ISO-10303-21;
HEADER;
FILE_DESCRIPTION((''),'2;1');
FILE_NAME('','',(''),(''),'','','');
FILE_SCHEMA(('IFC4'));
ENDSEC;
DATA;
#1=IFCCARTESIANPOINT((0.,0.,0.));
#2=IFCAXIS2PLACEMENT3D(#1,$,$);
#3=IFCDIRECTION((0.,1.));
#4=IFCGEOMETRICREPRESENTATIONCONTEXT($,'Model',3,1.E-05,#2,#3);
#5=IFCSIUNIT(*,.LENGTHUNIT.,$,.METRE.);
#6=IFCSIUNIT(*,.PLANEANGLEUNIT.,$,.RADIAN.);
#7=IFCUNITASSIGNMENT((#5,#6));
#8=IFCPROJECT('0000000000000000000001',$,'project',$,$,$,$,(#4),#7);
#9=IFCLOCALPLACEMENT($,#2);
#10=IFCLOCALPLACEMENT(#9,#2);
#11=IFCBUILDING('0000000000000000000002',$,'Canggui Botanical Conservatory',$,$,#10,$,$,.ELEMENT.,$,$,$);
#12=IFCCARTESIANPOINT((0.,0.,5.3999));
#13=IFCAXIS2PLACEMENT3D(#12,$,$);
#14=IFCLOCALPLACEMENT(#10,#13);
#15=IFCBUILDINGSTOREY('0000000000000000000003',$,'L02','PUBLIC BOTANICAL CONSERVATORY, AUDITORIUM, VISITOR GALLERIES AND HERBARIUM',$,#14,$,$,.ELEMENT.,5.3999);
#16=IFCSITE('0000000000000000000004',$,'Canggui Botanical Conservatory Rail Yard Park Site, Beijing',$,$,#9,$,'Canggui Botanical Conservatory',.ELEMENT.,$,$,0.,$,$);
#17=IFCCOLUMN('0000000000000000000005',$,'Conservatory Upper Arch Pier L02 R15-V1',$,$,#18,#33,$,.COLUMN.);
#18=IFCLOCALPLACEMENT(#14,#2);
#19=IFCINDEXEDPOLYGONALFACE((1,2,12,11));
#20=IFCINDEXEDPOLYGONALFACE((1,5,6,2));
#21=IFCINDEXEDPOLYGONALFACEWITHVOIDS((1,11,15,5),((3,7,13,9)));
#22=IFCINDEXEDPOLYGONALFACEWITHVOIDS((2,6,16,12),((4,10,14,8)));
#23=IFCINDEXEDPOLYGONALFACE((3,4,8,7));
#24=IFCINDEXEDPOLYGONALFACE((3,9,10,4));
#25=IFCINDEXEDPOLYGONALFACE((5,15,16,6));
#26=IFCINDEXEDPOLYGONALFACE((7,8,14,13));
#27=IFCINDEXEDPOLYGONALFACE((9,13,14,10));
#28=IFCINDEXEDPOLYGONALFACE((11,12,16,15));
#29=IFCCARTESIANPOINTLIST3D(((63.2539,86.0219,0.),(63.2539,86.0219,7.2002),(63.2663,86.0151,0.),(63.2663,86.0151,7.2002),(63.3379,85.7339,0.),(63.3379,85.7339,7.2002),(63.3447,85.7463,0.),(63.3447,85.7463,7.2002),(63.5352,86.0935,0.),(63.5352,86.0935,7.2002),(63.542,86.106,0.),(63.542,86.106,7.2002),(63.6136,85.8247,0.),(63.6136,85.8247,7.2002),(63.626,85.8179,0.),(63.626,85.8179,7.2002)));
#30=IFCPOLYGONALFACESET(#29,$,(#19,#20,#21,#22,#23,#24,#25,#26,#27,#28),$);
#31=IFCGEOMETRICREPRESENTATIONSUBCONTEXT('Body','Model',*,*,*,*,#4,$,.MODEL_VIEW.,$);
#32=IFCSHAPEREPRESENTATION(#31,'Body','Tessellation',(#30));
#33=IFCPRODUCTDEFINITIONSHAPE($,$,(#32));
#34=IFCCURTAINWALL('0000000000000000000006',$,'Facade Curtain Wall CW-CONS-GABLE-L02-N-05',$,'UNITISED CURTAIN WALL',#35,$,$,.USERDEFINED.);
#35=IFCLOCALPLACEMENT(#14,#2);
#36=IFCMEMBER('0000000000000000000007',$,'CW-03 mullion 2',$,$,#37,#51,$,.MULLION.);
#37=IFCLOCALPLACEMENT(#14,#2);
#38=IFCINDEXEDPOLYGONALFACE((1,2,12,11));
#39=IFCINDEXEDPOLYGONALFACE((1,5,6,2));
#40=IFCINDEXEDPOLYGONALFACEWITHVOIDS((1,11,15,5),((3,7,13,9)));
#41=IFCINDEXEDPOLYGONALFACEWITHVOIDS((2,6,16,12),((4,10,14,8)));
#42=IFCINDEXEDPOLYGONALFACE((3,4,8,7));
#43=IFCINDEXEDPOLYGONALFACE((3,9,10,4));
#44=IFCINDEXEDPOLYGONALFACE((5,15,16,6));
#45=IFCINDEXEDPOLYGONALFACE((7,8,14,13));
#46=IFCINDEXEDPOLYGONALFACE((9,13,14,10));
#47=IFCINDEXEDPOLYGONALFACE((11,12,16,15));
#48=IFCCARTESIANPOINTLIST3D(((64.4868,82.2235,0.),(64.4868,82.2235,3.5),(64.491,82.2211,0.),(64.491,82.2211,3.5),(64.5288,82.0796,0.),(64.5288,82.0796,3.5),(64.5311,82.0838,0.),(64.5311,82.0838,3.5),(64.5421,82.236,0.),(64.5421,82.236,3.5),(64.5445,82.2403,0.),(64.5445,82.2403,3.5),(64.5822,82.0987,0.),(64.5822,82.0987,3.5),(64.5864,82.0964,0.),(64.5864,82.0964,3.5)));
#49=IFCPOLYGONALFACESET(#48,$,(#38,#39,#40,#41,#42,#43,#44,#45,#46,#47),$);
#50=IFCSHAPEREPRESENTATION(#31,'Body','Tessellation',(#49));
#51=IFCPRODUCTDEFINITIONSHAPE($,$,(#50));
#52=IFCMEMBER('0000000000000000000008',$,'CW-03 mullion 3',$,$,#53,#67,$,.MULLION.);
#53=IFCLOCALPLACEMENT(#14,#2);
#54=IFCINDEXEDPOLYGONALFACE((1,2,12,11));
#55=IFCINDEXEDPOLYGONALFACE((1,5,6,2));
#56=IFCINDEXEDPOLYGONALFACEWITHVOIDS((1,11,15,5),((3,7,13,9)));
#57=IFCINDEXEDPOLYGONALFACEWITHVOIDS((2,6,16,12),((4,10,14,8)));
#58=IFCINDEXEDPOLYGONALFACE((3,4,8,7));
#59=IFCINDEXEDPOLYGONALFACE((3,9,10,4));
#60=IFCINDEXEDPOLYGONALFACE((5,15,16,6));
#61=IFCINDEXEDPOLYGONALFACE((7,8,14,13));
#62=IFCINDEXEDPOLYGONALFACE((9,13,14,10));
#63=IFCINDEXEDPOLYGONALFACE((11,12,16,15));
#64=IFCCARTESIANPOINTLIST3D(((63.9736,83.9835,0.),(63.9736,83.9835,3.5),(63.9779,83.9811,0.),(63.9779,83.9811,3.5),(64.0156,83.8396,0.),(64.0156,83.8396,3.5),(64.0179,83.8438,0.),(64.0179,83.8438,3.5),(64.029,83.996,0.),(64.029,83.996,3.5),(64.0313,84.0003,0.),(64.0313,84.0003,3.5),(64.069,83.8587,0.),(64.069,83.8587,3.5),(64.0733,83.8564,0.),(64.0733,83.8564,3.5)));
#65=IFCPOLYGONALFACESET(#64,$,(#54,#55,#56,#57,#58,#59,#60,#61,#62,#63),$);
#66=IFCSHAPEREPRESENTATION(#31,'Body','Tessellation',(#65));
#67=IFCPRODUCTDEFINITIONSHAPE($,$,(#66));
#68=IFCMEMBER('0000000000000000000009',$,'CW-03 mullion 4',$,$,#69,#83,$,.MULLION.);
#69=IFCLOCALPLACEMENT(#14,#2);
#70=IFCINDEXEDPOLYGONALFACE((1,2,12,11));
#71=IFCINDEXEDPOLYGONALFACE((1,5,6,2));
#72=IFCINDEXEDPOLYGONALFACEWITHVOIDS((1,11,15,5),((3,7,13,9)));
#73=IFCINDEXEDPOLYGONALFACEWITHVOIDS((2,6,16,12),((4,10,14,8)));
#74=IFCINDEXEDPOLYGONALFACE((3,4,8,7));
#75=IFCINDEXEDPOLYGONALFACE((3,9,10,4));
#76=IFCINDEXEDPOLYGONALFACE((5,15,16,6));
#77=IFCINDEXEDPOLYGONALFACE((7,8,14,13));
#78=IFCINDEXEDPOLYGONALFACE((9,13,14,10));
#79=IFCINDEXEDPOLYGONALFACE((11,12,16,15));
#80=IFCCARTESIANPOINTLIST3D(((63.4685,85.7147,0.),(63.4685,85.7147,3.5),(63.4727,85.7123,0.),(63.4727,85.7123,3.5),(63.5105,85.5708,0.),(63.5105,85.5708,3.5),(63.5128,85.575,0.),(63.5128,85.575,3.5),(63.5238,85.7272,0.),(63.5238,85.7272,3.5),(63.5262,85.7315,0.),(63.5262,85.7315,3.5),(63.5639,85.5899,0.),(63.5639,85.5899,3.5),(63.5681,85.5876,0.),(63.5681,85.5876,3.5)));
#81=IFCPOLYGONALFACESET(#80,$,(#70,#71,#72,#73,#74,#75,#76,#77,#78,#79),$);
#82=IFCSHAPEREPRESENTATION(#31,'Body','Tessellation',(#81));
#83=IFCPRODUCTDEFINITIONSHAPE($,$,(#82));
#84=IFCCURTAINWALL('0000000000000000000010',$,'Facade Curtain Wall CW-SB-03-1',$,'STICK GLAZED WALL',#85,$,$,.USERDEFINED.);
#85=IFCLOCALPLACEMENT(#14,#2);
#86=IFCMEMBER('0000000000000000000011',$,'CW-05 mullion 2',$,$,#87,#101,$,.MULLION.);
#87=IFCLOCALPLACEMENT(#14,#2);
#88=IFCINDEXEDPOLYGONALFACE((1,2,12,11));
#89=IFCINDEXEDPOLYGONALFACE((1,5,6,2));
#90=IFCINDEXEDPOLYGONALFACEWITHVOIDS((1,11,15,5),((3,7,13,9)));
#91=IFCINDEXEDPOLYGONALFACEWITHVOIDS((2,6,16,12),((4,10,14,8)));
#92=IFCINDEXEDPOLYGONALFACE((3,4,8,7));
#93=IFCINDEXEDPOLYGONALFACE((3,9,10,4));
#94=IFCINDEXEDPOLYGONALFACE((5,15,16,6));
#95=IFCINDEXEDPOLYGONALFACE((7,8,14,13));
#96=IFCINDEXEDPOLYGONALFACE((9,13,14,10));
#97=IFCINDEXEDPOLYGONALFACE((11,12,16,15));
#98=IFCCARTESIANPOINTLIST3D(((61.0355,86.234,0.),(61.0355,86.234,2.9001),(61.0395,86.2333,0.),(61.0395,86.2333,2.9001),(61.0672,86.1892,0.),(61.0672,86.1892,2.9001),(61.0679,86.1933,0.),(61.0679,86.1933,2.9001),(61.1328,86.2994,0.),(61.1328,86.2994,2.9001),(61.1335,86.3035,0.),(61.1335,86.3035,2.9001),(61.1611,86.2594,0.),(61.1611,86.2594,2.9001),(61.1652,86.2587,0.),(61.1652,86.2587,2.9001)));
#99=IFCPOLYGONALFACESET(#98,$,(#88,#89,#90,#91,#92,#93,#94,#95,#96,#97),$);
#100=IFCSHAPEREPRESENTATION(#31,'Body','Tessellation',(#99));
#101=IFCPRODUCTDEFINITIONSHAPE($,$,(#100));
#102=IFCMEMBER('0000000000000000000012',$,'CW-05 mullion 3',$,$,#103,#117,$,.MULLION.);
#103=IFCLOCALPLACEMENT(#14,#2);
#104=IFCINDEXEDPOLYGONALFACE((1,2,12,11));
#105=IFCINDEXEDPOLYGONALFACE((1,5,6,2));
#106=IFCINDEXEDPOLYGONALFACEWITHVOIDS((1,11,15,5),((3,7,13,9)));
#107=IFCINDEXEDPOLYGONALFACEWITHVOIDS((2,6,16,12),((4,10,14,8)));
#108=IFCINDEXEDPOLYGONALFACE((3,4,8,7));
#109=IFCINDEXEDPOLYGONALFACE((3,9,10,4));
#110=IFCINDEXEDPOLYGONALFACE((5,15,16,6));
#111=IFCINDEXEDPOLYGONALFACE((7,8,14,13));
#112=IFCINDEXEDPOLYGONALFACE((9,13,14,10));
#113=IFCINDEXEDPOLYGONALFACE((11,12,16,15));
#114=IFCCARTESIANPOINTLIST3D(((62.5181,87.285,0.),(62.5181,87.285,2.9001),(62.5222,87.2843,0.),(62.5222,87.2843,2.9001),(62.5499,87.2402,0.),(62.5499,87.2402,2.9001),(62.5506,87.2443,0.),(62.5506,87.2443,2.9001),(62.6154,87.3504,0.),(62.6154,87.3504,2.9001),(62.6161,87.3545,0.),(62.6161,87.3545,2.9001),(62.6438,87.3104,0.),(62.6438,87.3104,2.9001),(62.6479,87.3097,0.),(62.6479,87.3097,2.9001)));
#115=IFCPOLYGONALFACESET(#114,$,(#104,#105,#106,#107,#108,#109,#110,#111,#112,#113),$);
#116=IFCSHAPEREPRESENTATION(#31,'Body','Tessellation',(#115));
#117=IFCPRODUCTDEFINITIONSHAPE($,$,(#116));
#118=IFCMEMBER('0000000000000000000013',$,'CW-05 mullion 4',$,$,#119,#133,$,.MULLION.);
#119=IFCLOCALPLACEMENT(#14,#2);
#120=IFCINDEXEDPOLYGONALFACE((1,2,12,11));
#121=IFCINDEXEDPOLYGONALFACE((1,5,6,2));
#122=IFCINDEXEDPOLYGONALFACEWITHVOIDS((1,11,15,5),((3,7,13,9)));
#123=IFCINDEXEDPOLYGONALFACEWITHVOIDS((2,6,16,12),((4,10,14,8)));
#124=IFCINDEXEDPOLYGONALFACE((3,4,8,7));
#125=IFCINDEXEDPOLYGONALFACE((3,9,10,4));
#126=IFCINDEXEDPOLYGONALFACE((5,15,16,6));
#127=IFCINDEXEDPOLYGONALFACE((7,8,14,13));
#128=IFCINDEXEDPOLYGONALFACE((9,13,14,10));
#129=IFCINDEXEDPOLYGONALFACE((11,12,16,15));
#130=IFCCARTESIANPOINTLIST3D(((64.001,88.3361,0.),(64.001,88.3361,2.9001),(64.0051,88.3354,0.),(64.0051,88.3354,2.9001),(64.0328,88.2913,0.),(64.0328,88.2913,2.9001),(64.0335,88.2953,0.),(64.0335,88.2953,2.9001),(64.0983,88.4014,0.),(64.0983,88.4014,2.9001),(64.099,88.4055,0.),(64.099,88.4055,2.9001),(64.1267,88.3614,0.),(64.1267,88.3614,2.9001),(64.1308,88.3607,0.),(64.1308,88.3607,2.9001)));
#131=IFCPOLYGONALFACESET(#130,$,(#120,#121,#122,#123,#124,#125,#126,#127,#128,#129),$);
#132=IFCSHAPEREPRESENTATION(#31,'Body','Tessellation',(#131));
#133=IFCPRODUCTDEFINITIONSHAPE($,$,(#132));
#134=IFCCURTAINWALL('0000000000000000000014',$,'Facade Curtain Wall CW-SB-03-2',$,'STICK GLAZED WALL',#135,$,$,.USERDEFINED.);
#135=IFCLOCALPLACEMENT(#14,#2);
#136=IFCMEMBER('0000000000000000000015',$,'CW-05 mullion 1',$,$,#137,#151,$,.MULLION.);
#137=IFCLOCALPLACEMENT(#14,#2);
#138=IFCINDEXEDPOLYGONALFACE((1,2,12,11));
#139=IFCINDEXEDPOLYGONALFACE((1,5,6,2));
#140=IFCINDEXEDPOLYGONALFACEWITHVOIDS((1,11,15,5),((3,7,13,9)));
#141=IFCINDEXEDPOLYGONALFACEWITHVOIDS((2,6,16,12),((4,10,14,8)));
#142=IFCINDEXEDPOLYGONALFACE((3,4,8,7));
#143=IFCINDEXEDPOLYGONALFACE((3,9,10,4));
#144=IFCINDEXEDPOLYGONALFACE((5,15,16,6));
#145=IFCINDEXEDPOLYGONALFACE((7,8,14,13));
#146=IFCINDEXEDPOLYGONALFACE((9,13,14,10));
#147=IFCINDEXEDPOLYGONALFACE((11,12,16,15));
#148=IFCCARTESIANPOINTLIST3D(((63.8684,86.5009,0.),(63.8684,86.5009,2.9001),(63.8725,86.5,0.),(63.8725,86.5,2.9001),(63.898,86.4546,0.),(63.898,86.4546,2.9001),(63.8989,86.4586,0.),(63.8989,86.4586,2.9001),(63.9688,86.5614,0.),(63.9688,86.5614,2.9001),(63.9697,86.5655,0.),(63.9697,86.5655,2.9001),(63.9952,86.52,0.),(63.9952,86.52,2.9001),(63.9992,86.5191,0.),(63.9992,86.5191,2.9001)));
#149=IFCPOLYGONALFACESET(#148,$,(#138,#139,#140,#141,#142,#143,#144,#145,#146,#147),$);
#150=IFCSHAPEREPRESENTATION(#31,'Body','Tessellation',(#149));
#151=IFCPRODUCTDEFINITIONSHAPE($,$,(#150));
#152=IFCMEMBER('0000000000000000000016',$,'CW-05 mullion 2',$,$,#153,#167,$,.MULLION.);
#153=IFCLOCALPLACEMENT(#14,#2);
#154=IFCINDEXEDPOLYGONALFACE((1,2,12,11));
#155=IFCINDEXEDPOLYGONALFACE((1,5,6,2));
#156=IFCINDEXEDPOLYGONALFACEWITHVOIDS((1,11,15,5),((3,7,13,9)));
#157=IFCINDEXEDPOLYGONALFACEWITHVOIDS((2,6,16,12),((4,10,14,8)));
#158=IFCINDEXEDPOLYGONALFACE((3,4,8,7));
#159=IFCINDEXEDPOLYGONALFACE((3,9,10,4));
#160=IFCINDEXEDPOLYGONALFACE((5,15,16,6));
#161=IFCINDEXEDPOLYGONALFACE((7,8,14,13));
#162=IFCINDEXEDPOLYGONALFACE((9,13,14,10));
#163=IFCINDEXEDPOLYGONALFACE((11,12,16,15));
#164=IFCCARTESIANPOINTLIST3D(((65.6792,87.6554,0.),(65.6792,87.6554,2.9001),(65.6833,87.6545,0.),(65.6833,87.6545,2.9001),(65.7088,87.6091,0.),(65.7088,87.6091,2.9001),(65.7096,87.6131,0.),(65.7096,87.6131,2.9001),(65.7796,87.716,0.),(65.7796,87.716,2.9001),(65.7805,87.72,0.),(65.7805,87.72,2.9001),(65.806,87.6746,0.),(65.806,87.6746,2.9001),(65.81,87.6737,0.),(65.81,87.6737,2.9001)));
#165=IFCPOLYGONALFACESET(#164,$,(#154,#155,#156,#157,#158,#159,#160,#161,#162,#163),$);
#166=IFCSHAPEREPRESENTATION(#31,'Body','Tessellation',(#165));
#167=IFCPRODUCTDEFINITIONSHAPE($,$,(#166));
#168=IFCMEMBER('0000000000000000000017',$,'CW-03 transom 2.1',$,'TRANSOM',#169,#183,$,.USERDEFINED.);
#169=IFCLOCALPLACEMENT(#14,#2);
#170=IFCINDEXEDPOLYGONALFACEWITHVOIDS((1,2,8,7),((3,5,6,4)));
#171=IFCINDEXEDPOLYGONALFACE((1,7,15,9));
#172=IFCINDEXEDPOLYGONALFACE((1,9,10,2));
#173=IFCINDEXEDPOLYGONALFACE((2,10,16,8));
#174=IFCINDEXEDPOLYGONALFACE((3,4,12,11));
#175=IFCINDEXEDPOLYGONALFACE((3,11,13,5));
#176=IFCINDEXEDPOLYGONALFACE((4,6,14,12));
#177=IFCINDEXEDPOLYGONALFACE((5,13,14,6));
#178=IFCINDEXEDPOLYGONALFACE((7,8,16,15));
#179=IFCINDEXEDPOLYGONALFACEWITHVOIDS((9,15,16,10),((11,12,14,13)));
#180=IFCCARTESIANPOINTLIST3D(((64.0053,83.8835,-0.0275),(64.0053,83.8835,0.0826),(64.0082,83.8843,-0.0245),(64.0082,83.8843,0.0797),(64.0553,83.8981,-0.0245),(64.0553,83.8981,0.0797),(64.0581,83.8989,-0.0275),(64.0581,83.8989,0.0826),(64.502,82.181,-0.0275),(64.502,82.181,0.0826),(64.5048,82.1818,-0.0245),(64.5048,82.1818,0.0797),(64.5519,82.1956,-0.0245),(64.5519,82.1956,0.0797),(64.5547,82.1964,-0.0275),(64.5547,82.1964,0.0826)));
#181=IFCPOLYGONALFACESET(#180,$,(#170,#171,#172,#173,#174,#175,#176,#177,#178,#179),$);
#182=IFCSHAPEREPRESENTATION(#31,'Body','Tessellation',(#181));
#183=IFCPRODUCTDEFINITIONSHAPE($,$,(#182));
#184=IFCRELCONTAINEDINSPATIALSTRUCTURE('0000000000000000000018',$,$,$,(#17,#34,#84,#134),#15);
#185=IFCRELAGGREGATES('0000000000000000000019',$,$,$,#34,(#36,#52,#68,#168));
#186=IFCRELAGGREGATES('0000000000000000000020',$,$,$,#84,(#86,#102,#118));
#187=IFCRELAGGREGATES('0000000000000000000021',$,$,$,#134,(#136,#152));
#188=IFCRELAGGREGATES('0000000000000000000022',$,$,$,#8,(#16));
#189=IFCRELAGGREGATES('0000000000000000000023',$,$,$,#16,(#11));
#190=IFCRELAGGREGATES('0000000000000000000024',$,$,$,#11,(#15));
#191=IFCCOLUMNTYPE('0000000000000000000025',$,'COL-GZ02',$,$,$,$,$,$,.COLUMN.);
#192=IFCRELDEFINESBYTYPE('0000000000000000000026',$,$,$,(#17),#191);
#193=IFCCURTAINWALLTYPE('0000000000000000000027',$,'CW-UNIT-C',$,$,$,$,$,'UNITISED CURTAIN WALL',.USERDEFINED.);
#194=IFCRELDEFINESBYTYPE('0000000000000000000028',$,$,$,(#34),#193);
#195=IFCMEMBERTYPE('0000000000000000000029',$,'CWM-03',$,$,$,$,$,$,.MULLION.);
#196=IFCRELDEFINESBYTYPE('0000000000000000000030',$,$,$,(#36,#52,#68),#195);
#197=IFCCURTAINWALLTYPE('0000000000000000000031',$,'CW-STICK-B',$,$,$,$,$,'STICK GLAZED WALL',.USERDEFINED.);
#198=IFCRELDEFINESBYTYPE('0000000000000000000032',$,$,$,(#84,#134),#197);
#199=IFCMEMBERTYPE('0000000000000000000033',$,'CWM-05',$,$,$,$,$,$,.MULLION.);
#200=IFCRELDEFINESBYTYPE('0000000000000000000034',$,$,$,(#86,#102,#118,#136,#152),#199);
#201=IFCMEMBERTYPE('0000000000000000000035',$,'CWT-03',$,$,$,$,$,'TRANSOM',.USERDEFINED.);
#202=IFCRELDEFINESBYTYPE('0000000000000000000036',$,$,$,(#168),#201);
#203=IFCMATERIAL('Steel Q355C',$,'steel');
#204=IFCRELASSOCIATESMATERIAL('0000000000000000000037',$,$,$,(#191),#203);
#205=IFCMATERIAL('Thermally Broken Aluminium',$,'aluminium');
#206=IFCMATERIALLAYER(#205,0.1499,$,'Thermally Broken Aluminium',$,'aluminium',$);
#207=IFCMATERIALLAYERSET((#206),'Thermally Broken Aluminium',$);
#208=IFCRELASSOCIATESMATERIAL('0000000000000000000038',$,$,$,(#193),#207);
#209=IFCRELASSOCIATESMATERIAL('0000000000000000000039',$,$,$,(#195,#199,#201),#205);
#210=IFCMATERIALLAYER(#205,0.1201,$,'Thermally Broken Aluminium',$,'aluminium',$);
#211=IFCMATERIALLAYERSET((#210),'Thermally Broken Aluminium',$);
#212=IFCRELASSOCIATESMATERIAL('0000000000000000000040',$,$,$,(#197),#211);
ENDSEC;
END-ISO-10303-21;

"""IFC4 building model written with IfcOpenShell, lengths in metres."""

from ifc_helpers import new_model, si_unit, direction, frame, origin, origin_2d, place, context, subcontext, project, spatial, hollow_rectangle, extrude, material, layer, layer_set, material_profile, profile_set, type_object, element, aggregate, save


model = new_model("IFC4")

# Units and contexts
model_context = context("Model", 3, precision=1e-05, world=origin(), true_north=direction((0.0, 1.0)))
body_context = subcontext(model_context, "Body", "Model", "MODEL_VIEW")
ifc_project = project(units=[si_unit("LENGTHUNIT", "METRE"), si_unit("PLANEANGLEUNIT", "RADIAN")], contexts=[model_context])

# Site, building, storey
site_placement = place(None, origin())
site = spatial("IfcSite", under=ifc_project, at=site_placement, Name="Canggui Botanical Conservatory Rail Yard Park Site, Beijing", LongName="Canggui Botanical Conservatory", CompositionType="ELEMENT", RefElevation=0.0)
building_placement = place(site_placement, origin())
building = spatial("IfcBuilding", under=site, at=building_placement, Name="Canggui Botanical Conservatory", CompositionType="ELEMENT")
storey_placement = place(building_placement, frame((0.0, 0.0, 5.3999)))
storey = spatial("IfcBuildingStorey", under=building, at=storey_placement, Name="L02", Description="PUBLIC BOTANICAL CONSERVATORY, AUDITORIUM, VISITOR GALLERIES AND HERBARIUM", CompositionType="ELEMENT", Elevation=5.3999)

# Column
ifc_material_1 = material(Name="Steel Q355C", Category="steel")
ifc_material_profile_1 = material_profile(ifc_material_1, hollow_rectangle(XDim=0.3, YDim=0.3, WallThickness=0.01, at=origin_2d()), Name="SHS 300x300x10")
ifc_profile_set_1 = profile_set([ifc_material_profile_1], Name="Steel Q355C")
column_type = type_object("IfcColumnType", Name="COL-GZ02", PredefinedType="COLUMN", material=ifc_profile_set_1)
column_placement = place(storey_placement, frame((63.4399, 85.9199, 0.0), z_axis=(0.0, 0.0, 1.0), x_axis=(0.96, 0.28, 0.0)))
element("IfcColumn", 1, at=column_placement, inside=storey, type_object=column_type, Name="Conservatory Upper Arch Pier L02 R15-V1", PredefinedType="COLUMN", context=body_context, shape_type="SweptSolid", body=[
    extrude(hollow_rectangle(XDim=0.3, YDim=0.3, WallThickness=0.01, at=origin_2d()), origin(), (0.0, 0.0, 1.0), 7.2002),
])

# Curtain walls, members
ifc_material_2 = material(Name="Thermally Broken Aluminium", Category="aluminium")
ifc_layer_1 = layer(ifc_material_2, 0.1499, Name="Thermally Broken Aluminium", Category="aluminium")
ifc_layer_set_1 = layer_set([ifc_layer_1], Name="Thermally Broken Aluminium")
curtain_wall_type_1 = type_object("IfcCurtainWallType", Name="CW-UNIT-C", ElementType="UNITISED CURTAIN WALL", PredefinedType="USERDEFINED", material=ifc_layer_set_1)
curtain_wall_1_placement = place(storey_placement, origin())
curtain_wall_1 = element("IfcCurtainWall", 2, at=curtain_wall_1_placement, inside=storey, type_object=curtain_wall_type_1, Name="Facade Curtain Wall CW-CONS-GABLE-L02-N-05", ObjectType="UNITISED CURTAIN WALL", PredefinedType="USERDEFINED")
ifc_material_profile_2 = material_profile(ifc_material_2, hollow_rectangle(XDim=0.0601, YDim=0.1499, WallThickness=0.0034, at=origin_2d()), Name="CWM 60x150x3.5")
ifc_profile_set_2 = profile_set([ifc_material_profile_2], Name="Thermally Broken Aluminium")
member_type_1 = type_object("IfcMemberType", Name="CWM-03", PredefinedType="MULLION", material=ifc_profile_set_2)
member_1_placement = place(storey_placement, frame((64.5366, 82.1599, 0.0), z_axis=(0.0, 0.0, 1.0), x_axis=(-0.96, -0.28, 0.0)))
member_1 = element("IfcMember", 3, at=member_1_placement, type_object=member_type_1, Name="CW-03 mullion 2", PredefinedType="MULLION", context=body_context, shape_type="SweptSolid", body=[
    extrude(hollow_rectangle(XDim=0.0601, YDim=0.1499, WallThickness=0.0034, at=origin_2d()), origin(), (0.0, 0.0, 1.0), 3.5),
])
member_2_placement = place(storey_placement, frame((64.0234, 83.9199, 0.0), z_axis=(0.0, 0.0, 1.0), x_axis=(-0.96, -0.28, 0.0)))
member_2 = element("IfcMember", 4, at=member_2_placement, type_object=member_type_1, Name="CW-03 mullion 3", PredefinedType="MULLION", context=body_context, shape_type="SweptSolid", body=[
    extrude(hollow_rectangle(XDim=0.0601, YDim=0.1499, WallThickness=0.0034, at=origin_2d()), origin(), (0.0, 0.0, 1.0), 3.5),
])
member_3_placement = place(storey_placement, frame((63.5183, 85.6511, 0.0), z_axis=(0.0, 0.0, 1.0), x_axis=(-0.96, -0.28, 0.0)))
member_3 = element("IfcMember", 5, at=member_3_placement, type_object=member_type_1, Name="CW-03 mullion 4", PredefinedType="MULLION", context=body_context, shape_type="SweptSolid", body=[
    extrude(hollow_rectangle(XDim=0.0601, YDim=0.1499, WallThickness=0.0034, at=origin_2d()), origin(), (0.0, 0.0, 1.0), 3.5),
])
ifc_layer_2 = layer(ifc_material_2, 0.1201, Name="Thermally Broken Aluminium", Category="aluminium")
ifc_layer_set_2 = layer_set([ifc_layer_2], Name="Thermally Broken Aluminium")
curtain_wall_type_2 = type_object("IfcCurtainWallType", Name="CW-STICK-B", ElementType="STICK GLAZED WALL", PredefinedType="USERDEFINED", material=ifc_layer_set_2)
curtain_wall_2_placement = place(storey_placement, origin())
curtain_wall_2 = element("IfcCurtainWall", 6, at=curtain_wall_2_placement, inside=storey, type_object=curtain_wall_type_2, Name="Facade Curtain Wall CW-SB-03-1", ObjectType="STICK GLAZED WALL", PredefinedType="USERDEFINED")
ifc_material_profile_3 = material_profile(ifc_material_2, hollow_rectangle(XDim=0.0549, YDim=0.1201, WallThickness=0.0029, at=origin_2d()), Name="CWM 55x120x3")
ifc_profile_set_3 = profile_set([ifc_material_profile_3], Name="Thermally Broken Aluminium")
member_type_2 = type_object("IfcMemberType", Name="CWM-05", PredefinedType="MULLION", material=ifc_profile_set_3)
member_4_placement = place(storey_placement, frame((61.1003, 86.2463, 0.0), z_axis=(0.0, 0.0, 1.0), x_axis=(-0.578282, 0.815837, 0.0)))
member_4 = element("IfcMember", 7, at=member_4_placement, type_object=member_type_2, Name="CW-05 mullion 2", PredefinedType="MULLION", context=body_context, shape_type="SweptSolid", body=[
    extrude(hollow_rectangle(XDim=0.0549, YDim=0.1201, WallThickness=0.0029, at=origin_2d()), origin(), (0.0, 0.0, 1.0), 2.9001),
])
member_5_placement = place(storey_placement, frame((62.583, 87.2974, 0.0), z_axis=(0.0, 0.0, 1.0), x_axis=(-0.578282, 0.815837, 0.0)))
member_5 = element("IfcMember", 8, at=member_5_placement, type_object=member_type_2, Name="CW-05 mullion 3", PredefinedType="MULLION", context=body_context, shape_type="SweptSolid", body=[
    extrude(hollow_rectangle(XDim=0.0549, YDim=0.1201, WallThickness=0.0029, at=origin_2d()), origin(), (0.0, 0.0, 1.0), 2.9001),
])
member_6_placement = place(storey_placement, frame((64.0659, 88.3484, 0.0), z_axis=(0.0, 0.0, 1.0), x_axis=(-0.578282, 0.815837, 0.0)))
member_6 = element("IfcMember", 9, at=member_6_placement, type_object=member_type_2, Name="CW-05 mullion 4", PredefinedType="MULLION", context=body_context, shape_type="SweptSolid", body=[
    extrude(hollow_rectangle(XDim=0.0549, YDim=0.1201, WallThickness=0.0029, at=origin_2d()), origin(), (0.0, 0.0, 1.0), 2.9001),
])
curtain_wall_3_placement = place(storey_placement, origin())
curtain_wall_3 = element("IfcCurtainWall", 10, at=curtain_wall_3_placement, inside=storey, type_object=curtain_wall_type_2, Name="Facade Curtain Wall CW-SB-03-2", ObjectType="STICK GLAZED WALL", PredefinedType="USERDEFINED")
member_7_placement = place(storey_placement, frame((63.9338, 86.51, 0.0), z_axis=(0.0, 0.0, 1.0), x_axis=(-0.5376, 0.8432, 0.0)))
member_7 = element("IfcMember", 11, at=member_7_placement, type_object=member_type_2, Name="CW-05 mullion 1", PredefinedType="MULLION", context=body_context, shape_type="SweptSolid", body=[
    extrude(hollow_rectangle(XDim=0.0549, YDim=0.1201, WallThickness=0.0029, at=origin_2d()), origin(), (0.0, 0.0, 1.0), 2.9001),
])
member_8_placement = place(storey_placement, frame((65.7446, 87.6646, 0.0), z_axis=(0.0, 0.0, 1.0), x_axis=(-0.5376, 0.8432, 0.0)))
member_8 = element("IfcMember", 12, at=member_8_placement, type_object=member_type_2, Name="CW-05 mullion 2", PredefinedType="MULLION", context=body_context, shape_type="SweptSolid", body=[
    extrude(hollow_rectangle(XDim=0.0549, YDim=0.1201, WallThickness=0.0029, at=origin_2d()), origin(), (0.0, 0.0, 1.0), 2.9001),
])

# Member
ifc_material_profile_4 = material_profile(ifc_material_2, hollow_rectangle(XDim=0.0549, YDim=0.1101, WallThickness=0.0029, at=origin_2d()), Name="CWT 55x110x3")
ifc_profile_set_4 = profile_set([ifc_material_profile_4], Name="Thermally Broken Aluminium")
member_type_3 = type_object("IfcMemberType", Name="CWT-03", ElementType="TRANSOM", PredefinedType="USERDEFINED", material=ifc_profile_set_4)
member_9_placement = place(storey_placement, frame((64.5283, 82.1887, 0.0276), z_axis=(-0.280026, 0.959992, 0.0), x_axis=(-0.959992, -0.280026, 0.0)))
member_9 = element("IfcMember", 13, at=member_9_placement, type_object=member_type_3, Name="CW-03 transom 2.1", ObjectType="TRANSOM", PredefinedType="USERDEFINED", context=body_context, shape_type="SweptSolid", body=[
    extrude(hollow_rectangle(XDim=0.0549, YDim=0.1101, WallThickness=0.0029, at=origin_2d()), origin(), (0.0, 0.0, 1.0), 1.7734),
])

aggregate(curtain_wall_1, [member_1, member_2, member_3, member_9])
aggregate(curtain_wall_2, [member_4, member_5, member_6])
aggregate(curtain_wall_3, [member_7, member_8])

save(model, "model.ifc")
